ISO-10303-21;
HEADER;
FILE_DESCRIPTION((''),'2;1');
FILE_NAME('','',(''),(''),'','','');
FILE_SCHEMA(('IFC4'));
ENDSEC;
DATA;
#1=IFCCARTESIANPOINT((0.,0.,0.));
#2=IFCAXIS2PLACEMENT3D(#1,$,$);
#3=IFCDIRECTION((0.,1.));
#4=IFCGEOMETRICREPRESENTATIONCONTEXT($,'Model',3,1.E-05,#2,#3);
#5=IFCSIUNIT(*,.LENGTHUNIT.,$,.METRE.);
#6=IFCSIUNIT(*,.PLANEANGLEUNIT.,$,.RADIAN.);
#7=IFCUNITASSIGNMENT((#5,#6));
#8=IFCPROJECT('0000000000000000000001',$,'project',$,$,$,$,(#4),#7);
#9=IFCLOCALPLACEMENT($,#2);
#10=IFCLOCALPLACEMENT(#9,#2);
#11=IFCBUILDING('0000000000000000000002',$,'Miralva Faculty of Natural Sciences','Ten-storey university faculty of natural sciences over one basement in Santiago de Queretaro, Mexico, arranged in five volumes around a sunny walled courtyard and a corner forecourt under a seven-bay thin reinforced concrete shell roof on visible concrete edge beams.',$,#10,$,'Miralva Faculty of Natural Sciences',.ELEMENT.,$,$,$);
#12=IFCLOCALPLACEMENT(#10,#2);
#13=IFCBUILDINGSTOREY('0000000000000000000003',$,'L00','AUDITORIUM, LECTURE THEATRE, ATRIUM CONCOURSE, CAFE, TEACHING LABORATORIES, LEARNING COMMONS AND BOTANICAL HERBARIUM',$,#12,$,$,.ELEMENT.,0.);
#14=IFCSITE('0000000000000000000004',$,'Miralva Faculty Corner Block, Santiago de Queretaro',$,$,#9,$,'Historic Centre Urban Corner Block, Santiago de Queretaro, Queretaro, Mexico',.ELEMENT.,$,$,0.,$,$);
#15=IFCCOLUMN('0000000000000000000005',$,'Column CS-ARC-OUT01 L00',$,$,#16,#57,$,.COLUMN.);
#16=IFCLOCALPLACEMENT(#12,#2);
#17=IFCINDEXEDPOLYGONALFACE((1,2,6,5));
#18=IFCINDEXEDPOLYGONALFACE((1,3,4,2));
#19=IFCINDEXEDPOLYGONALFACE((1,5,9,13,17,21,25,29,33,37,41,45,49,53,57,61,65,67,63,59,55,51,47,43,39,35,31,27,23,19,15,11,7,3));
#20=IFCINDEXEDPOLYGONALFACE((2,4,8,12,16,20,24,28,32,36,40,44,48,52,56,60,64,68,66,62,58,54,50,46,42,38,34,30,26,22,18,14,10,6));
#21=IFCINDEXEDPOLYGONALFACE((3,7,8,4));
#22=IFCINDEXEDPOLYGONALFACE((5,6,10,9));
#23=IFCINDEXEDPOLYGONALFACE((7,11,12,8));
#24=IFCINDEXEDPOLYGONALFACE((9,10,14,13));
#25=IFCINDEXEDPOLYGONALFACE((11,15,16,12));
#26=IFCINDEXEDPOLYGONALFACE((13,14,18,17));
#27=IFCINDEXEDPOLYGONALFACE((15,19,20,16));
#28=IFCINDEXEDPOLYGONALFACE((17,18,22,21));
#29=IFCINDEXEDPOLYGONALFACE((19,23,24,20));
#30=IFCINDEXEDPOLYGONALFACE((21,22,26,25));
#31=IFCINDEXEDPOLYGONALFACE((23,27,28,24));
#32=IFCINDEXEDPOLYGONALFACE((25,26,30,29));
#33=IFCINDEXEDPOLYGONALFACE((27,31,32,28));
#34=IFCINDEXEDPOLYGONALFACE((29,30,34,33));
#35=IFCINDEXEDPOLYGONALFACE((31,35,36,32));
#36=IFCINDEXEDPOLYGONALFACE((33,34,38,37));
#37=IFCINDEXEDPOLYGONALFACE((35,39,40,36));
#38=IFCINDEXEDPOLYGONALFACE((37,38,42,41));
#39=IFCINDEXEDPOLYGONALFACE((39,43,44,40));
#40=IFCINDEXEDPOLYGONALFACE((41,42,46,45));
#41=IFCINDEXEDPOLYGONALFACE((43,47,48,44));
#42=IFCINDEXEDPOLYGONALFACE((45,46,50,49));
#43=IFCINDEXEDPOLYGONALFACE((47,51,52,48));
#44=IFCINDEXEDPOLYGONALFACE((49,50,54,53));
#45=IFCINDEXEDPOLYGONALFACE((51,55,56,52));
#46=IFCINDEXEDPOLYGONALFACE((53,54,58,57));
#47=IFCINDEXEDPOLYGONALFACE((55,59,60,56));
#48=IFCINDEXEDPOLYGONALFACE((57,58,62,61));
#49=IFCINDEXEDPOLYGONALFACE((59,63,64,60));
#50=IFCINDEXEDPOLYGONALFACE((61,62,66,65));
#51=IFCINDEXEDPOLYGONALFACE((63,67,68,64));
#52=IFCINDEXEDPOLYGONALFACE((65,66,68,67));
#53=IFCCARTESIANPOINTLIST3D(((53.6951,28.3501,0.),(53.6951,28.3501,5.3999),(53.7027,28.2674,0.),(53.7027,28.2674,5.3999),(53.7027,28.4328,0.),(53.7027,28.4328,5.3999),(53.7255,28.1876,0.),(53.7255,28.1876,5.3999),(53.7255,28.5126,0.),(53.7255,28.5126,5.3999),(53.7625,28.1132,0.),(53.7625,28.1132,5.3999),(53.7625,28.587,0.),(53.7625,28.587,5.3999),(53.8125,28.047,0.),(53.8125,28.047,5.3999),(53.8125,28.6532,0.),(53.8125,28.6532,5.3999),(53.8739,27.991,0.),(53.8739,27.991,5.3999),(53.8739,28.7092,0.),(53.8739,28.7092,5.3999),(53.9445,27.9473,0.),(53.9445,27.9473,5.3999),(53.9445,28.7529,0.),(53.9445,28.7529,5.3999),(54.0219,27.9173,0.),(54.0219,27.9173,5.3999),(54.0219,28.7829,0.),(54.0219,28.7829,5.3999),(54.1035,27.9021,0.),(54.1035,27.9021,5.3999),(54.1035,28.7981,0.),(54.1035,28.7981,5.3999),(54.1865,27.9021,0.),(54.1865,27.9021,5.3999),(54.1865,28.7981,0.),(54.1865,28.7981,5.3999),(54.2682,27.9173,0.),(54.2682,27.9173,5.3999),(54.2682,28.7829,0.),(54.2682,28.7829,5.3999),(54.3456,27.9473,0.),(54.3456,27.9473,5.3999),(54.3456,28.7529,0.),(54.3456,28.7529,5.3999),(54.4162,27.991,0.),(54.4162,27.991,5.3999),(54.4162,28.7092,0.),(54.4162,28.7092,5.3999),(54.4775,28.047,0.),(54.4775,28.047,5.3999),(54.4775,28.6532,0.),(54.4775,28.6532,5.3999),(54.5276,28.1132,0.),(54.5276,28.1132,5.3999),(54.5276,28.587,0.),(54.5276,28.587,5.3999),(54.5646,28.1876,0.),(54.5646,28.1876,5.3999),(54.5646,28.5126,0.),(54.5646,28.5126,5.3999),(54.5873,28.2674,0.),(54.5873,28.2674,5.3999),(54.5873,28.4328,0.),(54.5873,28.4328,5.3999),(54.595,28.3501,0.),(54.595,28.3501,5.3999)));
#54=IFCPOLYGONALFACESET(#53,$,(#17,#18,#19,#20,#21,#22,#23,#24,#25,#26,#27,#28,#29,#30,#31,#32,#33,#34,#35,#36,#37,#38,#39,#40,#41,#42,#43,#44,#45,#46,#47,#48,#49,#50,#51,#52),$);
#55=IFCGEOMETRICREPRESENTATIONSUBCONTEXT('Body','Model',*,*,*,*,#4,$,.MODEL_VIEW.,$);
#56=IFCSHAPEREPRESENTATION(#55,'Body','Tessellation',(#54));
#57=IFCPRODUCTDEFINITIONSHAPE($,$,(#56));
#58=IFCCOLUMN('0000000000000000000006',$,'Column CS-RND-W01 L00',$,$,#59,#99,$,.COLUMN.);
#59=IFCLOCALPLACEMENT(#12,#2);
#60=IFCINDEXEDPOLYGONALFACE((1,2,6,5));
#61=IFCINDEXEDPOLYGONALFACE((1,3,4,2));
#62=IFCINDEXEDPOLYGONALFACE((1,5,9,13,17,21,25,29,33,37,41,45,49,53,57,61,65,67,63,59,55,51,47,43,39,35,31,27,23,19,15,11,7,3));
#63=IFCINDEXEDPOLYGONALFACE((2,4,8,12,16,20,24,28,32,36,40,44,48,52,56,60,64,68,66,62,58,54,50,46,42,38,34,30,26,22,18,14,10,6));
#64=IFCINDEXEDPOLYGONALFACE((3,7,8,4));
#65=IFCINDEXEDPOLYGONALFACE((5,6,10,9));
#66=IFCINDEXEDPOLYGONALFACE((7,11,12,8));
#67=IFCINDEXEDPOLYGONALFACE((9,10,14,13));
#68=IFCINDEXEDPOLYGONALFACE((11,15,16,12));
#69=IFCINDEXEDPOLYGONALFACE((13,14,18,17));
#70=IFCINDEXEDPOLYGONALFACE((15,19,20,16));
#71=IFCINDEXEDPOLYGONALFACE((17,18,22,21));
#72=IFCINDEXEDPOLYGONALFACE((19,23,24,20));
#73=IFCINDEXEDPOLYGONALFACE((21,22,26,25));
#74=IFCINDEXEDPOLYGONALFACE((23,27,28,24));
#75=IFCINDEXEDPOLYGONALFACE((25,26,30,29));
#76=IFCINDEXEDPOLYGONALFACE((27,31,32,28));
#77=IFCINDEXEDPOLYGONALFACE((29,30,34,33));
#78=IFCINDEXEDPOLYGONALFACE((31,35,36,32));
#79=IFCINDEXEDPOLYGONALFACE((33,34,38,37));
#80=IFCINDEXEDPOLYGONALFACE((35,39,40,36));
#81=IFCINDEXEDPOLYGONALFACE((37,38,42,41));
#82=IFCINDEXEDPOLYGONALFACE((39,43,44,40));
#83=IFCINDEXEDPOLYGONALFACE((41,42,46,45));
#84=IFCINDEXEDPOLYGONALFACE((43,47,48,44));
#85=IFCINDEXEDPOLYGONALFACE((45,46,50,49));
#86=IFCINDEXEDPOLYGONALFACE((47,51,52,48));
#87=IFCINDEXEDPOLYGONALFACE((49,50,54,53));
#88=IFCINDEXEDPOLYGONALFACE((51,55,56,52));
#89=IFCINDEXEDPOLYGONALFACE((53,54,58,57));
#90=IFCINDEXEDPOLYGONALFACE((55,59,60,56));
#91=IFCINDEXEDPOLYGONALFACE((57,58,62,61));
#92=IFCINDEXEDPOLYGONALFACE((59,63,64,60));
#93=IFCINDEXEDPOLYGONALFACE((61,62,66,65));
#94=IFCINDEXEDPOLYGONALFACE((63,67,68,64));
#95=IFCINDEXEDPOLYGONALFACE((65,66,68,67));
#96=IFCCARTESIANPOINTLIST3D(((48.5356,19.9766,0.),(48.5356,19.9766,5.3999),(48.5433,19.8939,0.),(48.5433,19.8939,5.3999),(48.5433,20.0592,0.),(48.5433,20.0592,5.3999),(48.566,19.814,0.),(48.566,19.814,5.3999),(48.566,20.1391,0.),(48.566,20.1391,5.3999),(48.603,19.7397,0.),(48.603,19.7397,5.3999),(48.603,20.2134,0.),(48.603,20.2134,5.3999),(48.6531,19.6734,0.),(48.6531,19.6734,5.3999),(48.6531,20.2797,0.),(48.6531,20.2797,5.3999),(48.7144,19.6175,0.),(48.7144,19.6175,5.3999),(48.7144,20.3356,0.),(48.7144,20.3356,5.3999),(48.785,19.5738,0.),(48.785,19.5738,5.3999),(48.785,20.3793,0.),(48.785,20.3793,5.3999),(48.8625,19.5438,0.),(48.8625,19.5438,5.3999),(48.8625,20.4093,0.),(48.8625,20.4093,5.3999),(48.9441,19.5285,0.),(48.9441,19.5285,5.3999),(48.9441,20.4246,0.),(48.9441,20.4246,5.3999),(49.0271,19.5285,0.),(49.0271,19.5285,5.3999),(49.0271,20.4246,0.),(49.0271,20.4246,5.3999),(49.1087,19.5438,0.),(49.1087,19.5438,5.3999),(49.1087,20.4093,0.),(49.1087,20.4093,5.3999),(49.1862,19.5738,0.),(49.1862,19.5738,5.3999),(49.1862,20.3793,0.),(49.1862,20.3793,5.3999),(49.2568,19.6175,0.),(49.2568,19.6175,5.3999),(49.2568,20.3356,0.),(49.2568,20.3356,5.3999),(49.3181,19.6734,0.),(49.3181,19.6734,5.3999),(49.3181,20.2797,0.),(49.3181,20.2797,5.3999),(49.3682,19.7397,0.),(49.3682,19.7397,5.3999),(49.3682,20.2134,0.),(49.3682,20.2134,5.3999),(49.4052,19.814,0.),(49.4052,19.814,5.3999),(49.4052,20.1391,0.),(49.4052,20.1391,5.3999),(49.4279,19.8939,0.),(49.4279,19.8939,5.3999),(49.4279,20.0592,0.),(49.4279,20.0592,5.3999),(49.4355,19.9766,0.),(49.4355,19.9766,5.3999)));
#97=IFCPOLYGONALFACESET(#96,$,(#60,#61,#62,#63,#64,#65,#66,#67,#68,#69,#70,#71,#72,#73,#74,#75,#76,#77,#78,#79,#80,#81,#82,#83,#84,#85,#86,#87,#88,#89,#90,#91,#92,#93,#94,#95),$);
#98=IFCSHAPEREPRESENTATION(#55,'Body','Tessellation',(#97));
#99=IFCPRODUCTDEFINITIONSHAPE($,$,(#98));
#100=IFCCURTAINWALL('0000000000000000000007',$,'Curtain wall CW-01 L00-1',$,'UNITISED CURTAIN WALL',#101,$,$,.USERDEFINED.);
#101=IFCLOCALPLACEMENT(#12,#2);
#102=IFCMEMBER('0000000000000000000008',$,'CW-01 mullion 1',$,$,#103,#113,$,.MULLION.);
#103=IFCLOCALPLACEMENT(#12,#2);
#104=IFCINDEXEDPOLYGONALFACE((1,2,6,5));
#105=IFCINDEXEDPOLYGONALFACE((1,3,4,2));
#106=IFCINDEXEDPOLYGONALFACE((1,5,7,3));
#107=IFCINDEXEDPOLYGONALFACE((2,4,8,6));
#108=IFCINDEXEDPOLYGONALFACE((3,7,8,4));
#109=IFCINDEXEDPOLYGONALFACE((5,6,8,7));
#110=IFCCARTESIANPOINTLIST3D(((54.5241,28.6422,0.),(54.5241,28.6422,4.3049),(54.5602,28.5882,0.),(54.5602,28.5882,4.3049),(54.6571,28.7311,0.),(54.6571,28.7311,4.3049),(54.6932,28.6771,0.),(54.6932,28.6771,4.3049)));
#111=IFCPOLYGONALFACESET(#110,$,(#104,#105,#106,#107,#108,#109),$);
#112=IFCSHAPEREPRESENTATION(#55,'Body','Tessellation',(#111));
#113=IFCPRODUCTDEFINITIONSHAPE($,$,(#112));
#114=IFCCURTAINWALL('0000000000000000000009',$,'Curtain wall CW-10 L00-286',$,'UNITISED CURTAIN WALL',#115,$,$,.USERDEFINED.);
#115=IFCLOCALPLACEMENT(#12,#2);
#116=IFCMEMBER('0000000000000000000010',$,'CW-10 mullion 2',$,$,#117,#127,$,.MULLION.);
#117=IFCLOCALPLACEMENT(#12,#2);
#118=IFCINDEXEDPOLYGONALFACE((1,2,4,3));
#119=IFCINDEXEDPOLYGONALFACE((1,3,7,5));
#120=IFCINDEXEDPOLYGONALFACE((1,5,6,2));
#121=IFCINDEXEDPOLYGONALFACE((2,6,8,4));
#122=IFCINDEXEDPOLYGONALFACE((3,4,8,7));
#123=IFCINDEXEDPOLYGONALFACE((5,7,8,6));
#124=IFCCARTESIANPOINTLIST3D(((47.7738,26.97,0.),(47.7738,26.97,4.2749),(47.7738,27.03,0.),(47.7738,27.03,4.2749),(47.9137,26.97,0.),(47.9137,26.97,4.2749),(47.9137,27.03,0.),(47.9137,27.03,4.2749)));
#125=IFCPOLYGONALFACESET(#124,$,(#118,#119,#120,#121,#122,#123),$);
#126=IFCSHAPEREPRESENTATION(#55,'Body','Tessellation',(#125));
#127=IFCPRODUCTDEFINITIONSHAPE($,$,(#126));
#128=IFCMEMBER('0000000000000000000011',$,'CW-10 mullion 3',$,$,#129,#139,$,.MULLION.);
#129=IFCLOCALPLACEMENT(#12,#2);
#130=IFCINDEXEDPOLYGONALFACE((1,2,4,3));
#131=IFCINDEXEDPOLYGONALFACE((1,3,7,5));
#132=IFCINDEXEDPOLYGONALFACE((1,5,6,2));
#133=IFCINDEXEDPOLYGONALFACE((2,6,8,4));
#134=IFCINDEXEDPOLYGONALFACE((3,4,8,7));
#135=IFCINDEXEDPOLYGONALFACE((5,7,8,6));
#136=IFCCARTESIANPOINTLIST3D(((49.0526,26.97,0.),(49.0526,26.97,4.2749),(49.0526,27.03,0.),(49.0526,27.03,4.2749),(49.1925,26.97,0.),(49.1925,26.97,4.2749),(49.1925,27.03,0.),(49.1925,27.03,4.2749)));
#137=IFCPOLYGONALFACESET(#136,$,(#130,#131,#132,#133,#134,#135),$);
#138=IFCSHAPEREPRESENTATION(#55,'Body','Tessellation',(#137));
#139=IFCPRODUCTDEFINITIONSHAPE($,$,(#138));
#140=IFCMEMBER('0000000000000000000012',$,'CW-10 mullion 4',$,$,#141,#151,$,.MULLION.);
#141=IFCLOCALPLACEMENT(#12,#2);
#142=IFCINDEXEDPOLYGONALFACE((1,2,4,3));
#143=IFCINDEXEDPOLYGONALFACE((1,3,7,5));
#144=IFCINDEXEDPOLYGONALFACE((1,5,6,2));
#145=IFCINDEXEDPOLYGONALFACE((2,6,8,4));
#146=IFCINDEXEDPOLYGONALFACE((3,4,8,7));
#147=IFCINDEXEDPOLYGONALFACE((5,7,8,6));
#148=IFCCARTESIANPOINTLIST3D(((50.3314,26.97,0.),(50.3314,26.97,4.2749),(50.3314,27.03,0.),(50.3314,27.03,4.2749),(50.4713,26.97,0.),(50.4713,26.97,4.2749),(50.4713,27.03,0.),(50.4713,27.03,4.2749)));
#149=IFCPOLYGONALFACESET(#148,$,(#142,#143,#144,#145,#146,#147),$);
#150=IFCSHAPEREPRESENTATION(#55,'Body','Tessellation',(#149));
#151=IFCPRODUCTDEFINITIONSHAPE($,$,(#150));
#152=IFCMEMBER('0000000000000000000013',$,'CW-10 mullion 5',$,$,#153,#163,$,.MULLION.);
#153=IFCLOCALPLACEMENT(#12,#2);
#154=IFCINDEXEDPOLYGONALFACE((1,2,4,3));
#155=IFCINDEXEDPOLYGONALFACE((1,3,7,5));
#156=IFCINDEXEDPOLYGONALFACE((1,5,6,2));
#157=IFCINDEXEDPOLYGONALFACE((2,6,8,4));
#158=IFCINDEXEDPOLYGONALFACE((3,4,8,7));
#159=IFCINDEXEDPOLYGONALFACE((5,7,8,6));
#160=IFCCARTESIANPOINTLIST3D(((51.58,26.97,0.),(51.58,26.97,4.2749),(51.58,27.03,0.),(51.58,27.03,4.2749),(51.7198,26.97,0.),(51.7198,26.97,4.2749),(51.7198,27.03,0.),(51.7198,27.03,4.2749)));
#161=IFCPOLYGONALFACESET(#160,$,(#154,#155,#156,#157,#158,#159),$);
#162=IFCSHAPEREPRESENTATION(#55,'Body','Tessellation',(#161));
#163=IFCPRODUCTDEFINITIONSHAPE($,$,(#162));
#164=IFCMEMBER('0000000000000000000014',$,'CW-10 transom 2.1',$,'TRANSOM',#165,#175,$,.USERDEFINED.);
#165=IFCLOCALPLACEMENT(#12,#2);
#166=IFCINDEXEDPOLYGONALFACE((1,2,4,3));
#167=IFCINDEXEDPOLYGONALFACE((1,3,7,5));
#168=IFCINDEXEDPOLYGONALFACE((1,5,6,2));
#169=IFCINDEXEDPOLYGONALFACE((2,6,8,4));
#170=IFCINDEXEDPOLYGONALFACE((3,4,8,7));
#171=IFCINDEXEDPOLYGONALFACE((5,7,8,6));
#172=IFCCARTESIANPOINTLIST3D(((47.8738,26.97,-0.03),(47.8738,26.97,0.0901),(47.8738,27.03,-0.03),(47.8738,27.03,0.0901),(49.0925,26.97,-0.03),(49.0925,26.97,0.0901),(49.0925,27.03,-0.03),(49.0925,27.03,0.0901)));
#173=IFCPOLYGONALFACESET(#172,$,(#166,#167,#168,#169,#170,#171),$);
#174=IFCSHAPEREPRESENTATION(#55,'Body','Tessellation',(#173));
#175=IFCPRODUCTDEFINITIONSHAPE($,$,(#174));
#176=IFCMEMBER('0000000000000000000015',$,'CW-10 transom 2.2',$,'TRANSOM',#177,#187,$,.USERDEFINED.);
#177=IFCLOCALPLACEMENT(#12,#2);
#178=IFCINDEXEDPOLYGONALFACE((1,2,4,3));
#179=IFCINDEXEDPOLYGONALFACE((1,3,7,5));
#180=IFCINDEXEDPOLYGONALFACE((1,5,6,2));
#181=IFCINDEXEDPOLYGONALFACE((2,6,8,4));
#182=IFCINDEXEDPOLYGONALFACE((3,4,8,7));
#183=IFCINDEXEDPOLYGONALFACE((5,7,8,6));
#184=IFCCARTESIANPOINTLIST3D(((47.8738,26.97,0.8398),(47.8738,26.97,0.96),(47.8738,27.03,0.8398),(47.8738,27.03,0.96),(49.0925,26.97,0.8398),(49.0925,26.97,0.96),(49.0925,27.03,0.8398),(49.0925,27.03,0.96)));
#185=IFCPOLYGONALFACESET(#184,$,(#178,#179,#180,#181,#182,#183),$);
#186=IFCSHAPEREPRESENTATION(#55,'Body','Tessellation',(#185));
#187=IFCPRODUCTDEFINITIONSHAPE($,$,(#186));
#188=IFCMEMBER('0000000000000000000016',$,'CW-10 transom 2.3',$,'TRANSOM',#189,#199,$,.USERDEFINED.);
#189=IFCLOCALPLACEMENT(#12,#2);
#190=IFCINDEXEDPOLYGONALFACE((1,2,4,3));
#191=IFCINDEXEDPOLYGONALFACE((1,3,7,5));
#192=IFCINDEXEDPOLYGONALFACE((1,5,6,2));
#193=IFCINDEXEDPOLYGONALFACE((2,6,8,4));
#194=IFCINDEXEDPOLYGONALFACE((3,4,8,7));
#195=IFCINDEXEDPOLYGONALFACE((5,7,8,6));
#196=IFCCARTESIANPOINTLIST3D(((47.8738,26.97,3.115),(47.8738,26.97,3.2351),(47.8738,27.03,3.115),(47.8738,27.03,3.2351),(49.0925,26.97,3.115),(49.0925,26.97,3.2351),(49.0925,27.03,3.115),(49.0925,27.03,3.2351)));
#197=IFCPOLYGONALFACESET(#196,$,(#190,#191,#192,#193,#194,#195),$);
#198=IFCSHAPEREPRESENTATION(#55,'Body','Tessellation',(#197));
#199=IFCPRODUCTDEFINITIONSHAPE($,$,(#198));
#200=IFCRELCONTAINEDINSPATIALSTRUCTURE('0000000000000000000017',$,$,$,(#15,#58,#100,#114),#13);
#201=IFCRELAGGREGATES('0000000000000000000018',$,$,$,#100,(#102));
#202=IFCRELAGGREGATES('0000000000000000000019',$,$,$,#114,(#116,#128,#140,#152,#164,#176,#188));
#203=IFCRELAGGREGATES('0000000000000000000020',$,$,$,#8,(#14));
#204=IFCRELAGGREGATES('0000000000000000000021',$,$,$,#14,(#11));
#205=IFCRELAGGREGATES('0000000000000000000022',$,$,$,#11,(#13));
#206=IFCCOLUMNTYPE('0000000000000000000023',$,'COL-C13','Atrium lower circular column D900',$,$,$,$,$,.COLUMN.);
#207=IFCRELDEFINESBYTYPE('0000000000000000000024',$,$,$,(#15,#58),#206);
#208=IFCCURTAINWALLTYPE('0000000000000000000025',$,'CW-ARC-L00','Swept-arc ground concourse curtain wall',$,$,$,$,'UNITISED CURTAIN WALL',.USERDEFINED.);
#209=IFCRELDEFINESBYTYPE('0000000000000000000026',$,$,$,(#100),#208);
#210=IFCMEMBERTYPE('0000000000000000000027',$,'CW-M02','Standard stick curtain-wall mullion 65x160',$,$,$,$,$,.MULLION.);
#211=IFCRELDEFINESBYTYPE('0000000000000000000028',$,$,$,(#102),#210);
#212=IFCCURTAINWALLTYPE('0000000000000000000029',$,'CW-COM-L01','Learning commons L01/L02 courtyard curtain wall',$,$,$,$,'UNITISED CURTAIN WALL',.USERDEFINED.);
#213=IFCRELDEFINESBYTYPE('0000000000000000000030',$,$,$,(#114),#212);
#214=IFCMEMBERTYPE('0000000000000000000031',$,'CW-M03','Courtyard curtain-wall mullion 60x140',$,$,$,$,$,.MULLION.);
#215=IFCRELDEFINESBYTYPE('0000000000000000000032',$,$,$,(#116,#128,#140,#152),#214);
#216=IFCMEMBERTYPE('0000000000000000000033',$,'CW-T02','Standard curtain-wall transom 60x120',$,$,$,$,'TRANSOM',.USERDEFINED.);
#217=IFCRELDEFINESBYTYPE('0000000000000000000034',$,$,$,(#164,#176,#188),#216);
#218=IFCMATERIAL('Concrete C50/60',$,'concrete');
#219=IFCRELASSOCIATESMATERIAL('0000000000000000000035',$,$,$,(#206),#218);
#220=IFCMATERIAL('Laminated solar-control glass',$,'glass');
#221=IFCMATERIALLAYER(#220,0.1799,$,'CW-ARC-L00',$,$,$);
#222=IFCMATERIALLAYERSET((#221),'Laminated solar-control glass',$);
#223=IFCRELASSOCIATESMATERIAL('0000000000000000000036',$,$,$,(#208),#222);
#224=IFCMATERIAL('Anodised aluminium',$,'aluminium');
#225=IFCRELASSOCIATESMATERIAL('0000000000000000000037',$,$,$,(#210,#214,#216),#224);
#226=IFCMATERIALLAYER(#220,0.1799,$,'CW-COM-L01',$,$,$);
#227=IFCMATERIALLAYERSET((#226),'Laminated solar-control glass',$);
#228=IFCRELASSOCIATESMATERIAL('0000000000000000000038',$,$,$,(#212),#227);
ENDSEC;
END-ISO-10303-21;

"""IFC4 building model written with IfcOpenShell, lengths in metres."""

from ifc_helpers import new_model, si_unit, direction, frame, origin, origin_2d, place, context, subcontext, project, spatial, rectangle, circle, extrude, material, layer, layer_set, material_profile, profile_set, type_object, element, aggregate, save


model = new_model("IFC4")

# Units and contexts
model_context = context("Model", 3, precision=1e-05, world=origin(), true_north=direction((0.0, 1.0)))
body_context = subcontext(model_context, "Body", "Model", "MODEL_VIEW")
ifc_project = project(units=[si_unit("LENGTHUNIT", "METRE"), si_unit("PLANEANGLEUNIT", "RADIAN")], contexts=[model_context])

# Site, building, storey
site_placement = place(None, origin())
site = spatial("IfcSite", under=ifc_project, at=site_placement, Name="Miralva Faculty Corner Block, Santiago de Queretaro", LongName="Historic Centre Urban Corner Block, Santiago de Queretaro, Queretaro, Mexico", CompositionType="ELEMENT", RefElevation=0.0)
building_placement = place(site_placement, origin())
building = spatial("IfcBuilding", under=site, at=building_placement, Name="Miralva Faculty of Natural Sciences", Description="Ten-storey university faculty of natural sciences over one basement in Santiago de Queretaro, Mexico, arranged in five volumes around a sunny walled courtyard and a corner forecourt under a seven-bay thin reinforced concrete shell roof on visible concrete edge beams.", LongName="Miralva Faculty of Natural Sciences", CompositionType="ELEMENT")
storey_placement = place(building_placement, origin())
storey = spatial("IfcBuildingStorey", under=building, at=storey_placement, Name="L00", Description="AUDITORIUM, LECTURE THEATRE, ATRIUM CONCOURSE, CAFE, TEACHING LABORATORIES, LEARNING COMMONS AND BOTANICAL HERBARIUM", CompositionType="ELEMENT", Elevation=0.0)

# Columns
ifc_material_1 = material(Name="Concrete C50/60", Category="concrete")
ifc_material_profile_1 = material_profile(ifc_material_1, circle(Radius=0.45, at=origin_2d()), Name="RC DIA 900")
ifc_profile_set_1 = profile_set([ifc_material_profile_1], Name="Concrete C50/60")
column_type = type_object("IfcColumnType", Name="COL-C13", Description="Atrium lower circular column D900", PredefinedType="COLUMN", material=ifc_profile_set_1)
for number, where, z_axis, x_axis, name in (
    (1, (54.145, 28.3501, 0.0), (0.0, 0.0, 1.0), (1.0, 0.0, 0.0), "Column CS-ARC-OUT01 L00"),
    (2, (48.9856, 19.9766, 0.0), (0.0, 0.0, 1.0), (1.0, 0.0, 0.0), "Column CS-RND-W01 L00"),
):
    element("IfcColumn", number, at=place(storey_placement, frame(where, z_axis=z_axis, x_axis=x_axis)), inside=storey, type_object=column_type, Name=name, PredefinedType="COLUMN", context=body_context, shape_type="SweptSolid", body=[
        extrude(circle(Radius=0.45, at=origin_2d()), origin(), (0.0, 0.0, 1.0), 5.3999),
    ])

# Curtain wall, member
ifc_material_2 = material(Name="Laminated solar-control glass", Category="glass")
ifc_layer_1 = layer(ifc_material_2, 0.1799, Name="CW-ARC-L00")
ifc_layer_set_1 = layer_set([ifc_layer_1], Name="Laminated solar-control glass")
curtain_wall_type_1 = type_object("IfcCurtainWallType", Name="CW-ARC-L00", Description="Swept-arc ground concourse curtain wall", ElementType="UNITISED CURTAIN WALL", PredefinedType="USERDEFINED", material=ifc_layer_set_1)
curtain_wall_1_placement = place(storey_placement, origin())
curtain_wall_1 = element("IfcCurtainWall", 3, at=curtain_wall_1_placement, inside=storey, type_object=curtain_wall_type_1, Name="Curtain wall CW-01 L00-1", ObjectType="UNITISED CURTAIN WALL", PredefinedType="USERDEFINED")
ifc_material_3 = material(Name="Anodised aluminium", Category="aluminium")
ifc_material_profile_2 = material_profile(ifc_material_3, rectangle(XDim=0.0649, YDim=0.1599, at=origin_2d()), Name="MULLION 65x160")
ifc_profile_set_2 = profile_set([ifc_material_profile_2], Name="Anodised aluminium")
member_type_1 = type_object("IfcMemberType", Name="CW-M02", Description="Standard stick curtain-wall mullion 65x160", PredefinedType="MULLION", material=ifc_profile_set_2)
member_1_placement = place(storey_placement, frame((54.6086, 28.6597, 0.0), z_axis=(0.0, 0.0, 1.0), x_axis=(-0.555564, 0.831474, 0.0)))
member_1 = element("IfcMember", 4, at=member_1_placement, type_object=member_type_1, Name="CW-01 mullion 1", PredefinedType="MULLION", context=body_context, shape_type="SweptSolid", body=[
    extrude(rectangle(XDim=0.0649, YDim=0.1599, at=origin_2d()), origin(), (0.0, 0.0, 1.0), 4.3049),
])
aggregate(curtain_wall_1, [member_1])

# Curtain wall, members
ifc_layer_2 = layer(ifc_material_2, 0.1799, Name="CW-COM-L01")
ifc_layer_set_2 = layer_set([ifc_layer_2], Name="Laminated solar-control glass")
curtain_wall_type_2 = type_object("IfcCurtainWallType", Name="CW-COM-L01", Description="Learning commons L01/L02 courtyard curtain wall", ElementType="UNITISED CURTAIN WALL", PredefinedType="USERDEFINED", material=ifc_layer_set_2)
curtain_wall_2_placement = place(storey_placement, origin())
curtain_wall_2 = element("IfcCurtainWall", 5, at=curtain_wall_2_placement, inside=storey, type_object=curtain_wall_type_2, Name="Curtain wall CW-10 L00-286", ObjectType="UNITISED CURTAIN WALL", PredefinedType="USERDEFINED")
ifc_material_profile_3 = material_profile(ifc_material_3, rectangle(XDim=0.0601, YDim=0.1399, at=origin_2d()), Name="MULLION 60x140")
ifc_profile_set_3 = profile_set([ifc_material_profile_3], Name="Anodised aluminium")
member_type_2 = type_object("IfcMemberType", Name="CW-M03", Description="Courtyard curtain-wall mullion 60x140", PredefinedType="MULLION", material=ifc_profile_set_3)
member_2_placement = place(storey_placement, frame((47.8438, 27.0, 0.0), z_axis=(0.0, 0.0, 1.0), x_axis=(0.0, 1.0, 0.0)))
member_2 = element("IfcMember", 6, at=member_2_placement, type_object=member_type_2, Name="CW-10 mullion 2", PredefinedType="MULLION", context=body_context, shape_type="SweptSolid", body=[
    extrude(rectangle(XDim=0.0601, YDim=0.1399, at=origin_2d()), origin(), (0.0, 0.0, 1.0), 4.2749),
])
member_3_placement = place(storey_placement, frame((49.1226, 27.0, 0.0), z_axis=(0.0, 0.0, 1.0), x_axis=(0.0, 1.0, 0.0)))
member_3 = element("IfcMember", 7, at=member_3_placement, type_object=member_type_2, Name="CW-10 mullion 3", PredefinedType="MULLION", context=body_context, shape_type="SweptSolid", body=[
    extrude(rectangle(XDim=0.0601, YDim=0.1399, at=origin_2d()), origin(), (0.0, 0.0, 1.0), 4.2749),
])
member_4_placement = place(storey_placement, frame((50.4014, 27.0, 0.0), z_axis=(0.0, 0.0, 1.0), x_axis=(0.0, 1.0, 0.0)))
member_4 = element("IfcMember", 8, at=member_4_placement, type_object=member_type_2, Name="CW-10 mullion 4", PredefinedType="MULLION", context=body_context, shape_type="SweptSolid", body=[
    extrude(rectangle(XDim=0.0601, YDim=0.1399, at=origin_2d()), origin(), (0.0, 0.0, 1.0), 4.2749),
])
member_5_placement = place(storey_placement, frame((51.6499, 27.0, 0.0), z_axis=(0.0, 0.0, 1.0), x_axis=(0.0, 1.0, 0.0)))
member_5 = element("IfcMember", 9, at=member_5_placement, type_object=member_type_2, Name="CW-10 mullion 5", PredefinedType="MULLION", context=body_context, shape_type="SweptSolid", body=[
    extrude(rectangle(XDim=0.0601, YDim=0.1399, at=origin_2d()), origin(), (0.0, 0.0, 1.0), 4.2749),
])
ifc_material_profile_4 = material_profile(ifc_material_3, rectangle(XDim=0.0601, YDim=0.1201, at=origin_2d()), Name="TRANSOM 60x120")
ifc_profile_set_4 = profile_set([ifc_material_profile_4], Name="Anodised aluminium")
member_type_3 = type_object("IfcMemberType", Name="CW-T02", Description="Standard curtain-wall transom 60x120", ElementType="TRANSOM", PredefinedType="USERDEFINED", material=ifc_profile_set_4)
member_6_placement = place(storey_placement, frame((47.8738, 27.0, 0.03), z_axis=(1.0, 0.0, 0.0), x_axis=(0.0, 1.0, 0.0)))
member_6 = element("IfcMember", 10, at=member_6_placement, type_object=member_type_3, Name="CW-10 transom 2.1", ObjectType="TRANSOM", PredefinedType="USERDEFINED", context=body_context, shape_type="SweptSolid", body=[
    extrude(rectangle(XDim=0.0601, YDim=0.1201, at=origin_2d()), origin(), (0.0, 0.0, 1.0), 1.2188),
])
member_7_placement = place(storey_placement, frame((47.8738, 27.0, 0.8999), z_axis=(1.0, 0.0, 0.0), x_axis=(0.0, 1.0, 0.0)))
member_7 = element("IfcMember", 11, at=member_7_placement, type_object=member_type_3, Name="CW-10 transom 2.2", ObjectType="TRANSOM", PredefinedType="USERDEFINED", context=body_context, shape_type="SweptSolid", body=[
    extrude(rectangle(XDim=0.0601, YDim=0.1201, at=origin_2d()), origin(), (0.0, 0.0, 1.0), 1.2188),
])
member_8_placement = place(storey_placement, frame((47.8738, 27.0, 3.175), z_axis=(1.0, 0.0, 0.0), x_axis=(0.0, 1.0, 0.0)))
member_8 = element("IfcMember", 12, at=member_8_placement, type_object=member_type_3, Name="CW-10 transom 2.3", ObjectType="TRANSOM", PredefinedType="USERDEFINED", context=body_context, shape_type="SweptSolid", body=[
    extrude(rectangle(XDim=0.0601, YDim=0.1201, at=origin_2d()), origin(), (0.0, 0.0, 1.0), 1.2188),
])
aggregate(curtain_wall_2, [member_2, member_3, member_4, member_5, member_6, member_7, member_8])

save(model, "model.ifc")
